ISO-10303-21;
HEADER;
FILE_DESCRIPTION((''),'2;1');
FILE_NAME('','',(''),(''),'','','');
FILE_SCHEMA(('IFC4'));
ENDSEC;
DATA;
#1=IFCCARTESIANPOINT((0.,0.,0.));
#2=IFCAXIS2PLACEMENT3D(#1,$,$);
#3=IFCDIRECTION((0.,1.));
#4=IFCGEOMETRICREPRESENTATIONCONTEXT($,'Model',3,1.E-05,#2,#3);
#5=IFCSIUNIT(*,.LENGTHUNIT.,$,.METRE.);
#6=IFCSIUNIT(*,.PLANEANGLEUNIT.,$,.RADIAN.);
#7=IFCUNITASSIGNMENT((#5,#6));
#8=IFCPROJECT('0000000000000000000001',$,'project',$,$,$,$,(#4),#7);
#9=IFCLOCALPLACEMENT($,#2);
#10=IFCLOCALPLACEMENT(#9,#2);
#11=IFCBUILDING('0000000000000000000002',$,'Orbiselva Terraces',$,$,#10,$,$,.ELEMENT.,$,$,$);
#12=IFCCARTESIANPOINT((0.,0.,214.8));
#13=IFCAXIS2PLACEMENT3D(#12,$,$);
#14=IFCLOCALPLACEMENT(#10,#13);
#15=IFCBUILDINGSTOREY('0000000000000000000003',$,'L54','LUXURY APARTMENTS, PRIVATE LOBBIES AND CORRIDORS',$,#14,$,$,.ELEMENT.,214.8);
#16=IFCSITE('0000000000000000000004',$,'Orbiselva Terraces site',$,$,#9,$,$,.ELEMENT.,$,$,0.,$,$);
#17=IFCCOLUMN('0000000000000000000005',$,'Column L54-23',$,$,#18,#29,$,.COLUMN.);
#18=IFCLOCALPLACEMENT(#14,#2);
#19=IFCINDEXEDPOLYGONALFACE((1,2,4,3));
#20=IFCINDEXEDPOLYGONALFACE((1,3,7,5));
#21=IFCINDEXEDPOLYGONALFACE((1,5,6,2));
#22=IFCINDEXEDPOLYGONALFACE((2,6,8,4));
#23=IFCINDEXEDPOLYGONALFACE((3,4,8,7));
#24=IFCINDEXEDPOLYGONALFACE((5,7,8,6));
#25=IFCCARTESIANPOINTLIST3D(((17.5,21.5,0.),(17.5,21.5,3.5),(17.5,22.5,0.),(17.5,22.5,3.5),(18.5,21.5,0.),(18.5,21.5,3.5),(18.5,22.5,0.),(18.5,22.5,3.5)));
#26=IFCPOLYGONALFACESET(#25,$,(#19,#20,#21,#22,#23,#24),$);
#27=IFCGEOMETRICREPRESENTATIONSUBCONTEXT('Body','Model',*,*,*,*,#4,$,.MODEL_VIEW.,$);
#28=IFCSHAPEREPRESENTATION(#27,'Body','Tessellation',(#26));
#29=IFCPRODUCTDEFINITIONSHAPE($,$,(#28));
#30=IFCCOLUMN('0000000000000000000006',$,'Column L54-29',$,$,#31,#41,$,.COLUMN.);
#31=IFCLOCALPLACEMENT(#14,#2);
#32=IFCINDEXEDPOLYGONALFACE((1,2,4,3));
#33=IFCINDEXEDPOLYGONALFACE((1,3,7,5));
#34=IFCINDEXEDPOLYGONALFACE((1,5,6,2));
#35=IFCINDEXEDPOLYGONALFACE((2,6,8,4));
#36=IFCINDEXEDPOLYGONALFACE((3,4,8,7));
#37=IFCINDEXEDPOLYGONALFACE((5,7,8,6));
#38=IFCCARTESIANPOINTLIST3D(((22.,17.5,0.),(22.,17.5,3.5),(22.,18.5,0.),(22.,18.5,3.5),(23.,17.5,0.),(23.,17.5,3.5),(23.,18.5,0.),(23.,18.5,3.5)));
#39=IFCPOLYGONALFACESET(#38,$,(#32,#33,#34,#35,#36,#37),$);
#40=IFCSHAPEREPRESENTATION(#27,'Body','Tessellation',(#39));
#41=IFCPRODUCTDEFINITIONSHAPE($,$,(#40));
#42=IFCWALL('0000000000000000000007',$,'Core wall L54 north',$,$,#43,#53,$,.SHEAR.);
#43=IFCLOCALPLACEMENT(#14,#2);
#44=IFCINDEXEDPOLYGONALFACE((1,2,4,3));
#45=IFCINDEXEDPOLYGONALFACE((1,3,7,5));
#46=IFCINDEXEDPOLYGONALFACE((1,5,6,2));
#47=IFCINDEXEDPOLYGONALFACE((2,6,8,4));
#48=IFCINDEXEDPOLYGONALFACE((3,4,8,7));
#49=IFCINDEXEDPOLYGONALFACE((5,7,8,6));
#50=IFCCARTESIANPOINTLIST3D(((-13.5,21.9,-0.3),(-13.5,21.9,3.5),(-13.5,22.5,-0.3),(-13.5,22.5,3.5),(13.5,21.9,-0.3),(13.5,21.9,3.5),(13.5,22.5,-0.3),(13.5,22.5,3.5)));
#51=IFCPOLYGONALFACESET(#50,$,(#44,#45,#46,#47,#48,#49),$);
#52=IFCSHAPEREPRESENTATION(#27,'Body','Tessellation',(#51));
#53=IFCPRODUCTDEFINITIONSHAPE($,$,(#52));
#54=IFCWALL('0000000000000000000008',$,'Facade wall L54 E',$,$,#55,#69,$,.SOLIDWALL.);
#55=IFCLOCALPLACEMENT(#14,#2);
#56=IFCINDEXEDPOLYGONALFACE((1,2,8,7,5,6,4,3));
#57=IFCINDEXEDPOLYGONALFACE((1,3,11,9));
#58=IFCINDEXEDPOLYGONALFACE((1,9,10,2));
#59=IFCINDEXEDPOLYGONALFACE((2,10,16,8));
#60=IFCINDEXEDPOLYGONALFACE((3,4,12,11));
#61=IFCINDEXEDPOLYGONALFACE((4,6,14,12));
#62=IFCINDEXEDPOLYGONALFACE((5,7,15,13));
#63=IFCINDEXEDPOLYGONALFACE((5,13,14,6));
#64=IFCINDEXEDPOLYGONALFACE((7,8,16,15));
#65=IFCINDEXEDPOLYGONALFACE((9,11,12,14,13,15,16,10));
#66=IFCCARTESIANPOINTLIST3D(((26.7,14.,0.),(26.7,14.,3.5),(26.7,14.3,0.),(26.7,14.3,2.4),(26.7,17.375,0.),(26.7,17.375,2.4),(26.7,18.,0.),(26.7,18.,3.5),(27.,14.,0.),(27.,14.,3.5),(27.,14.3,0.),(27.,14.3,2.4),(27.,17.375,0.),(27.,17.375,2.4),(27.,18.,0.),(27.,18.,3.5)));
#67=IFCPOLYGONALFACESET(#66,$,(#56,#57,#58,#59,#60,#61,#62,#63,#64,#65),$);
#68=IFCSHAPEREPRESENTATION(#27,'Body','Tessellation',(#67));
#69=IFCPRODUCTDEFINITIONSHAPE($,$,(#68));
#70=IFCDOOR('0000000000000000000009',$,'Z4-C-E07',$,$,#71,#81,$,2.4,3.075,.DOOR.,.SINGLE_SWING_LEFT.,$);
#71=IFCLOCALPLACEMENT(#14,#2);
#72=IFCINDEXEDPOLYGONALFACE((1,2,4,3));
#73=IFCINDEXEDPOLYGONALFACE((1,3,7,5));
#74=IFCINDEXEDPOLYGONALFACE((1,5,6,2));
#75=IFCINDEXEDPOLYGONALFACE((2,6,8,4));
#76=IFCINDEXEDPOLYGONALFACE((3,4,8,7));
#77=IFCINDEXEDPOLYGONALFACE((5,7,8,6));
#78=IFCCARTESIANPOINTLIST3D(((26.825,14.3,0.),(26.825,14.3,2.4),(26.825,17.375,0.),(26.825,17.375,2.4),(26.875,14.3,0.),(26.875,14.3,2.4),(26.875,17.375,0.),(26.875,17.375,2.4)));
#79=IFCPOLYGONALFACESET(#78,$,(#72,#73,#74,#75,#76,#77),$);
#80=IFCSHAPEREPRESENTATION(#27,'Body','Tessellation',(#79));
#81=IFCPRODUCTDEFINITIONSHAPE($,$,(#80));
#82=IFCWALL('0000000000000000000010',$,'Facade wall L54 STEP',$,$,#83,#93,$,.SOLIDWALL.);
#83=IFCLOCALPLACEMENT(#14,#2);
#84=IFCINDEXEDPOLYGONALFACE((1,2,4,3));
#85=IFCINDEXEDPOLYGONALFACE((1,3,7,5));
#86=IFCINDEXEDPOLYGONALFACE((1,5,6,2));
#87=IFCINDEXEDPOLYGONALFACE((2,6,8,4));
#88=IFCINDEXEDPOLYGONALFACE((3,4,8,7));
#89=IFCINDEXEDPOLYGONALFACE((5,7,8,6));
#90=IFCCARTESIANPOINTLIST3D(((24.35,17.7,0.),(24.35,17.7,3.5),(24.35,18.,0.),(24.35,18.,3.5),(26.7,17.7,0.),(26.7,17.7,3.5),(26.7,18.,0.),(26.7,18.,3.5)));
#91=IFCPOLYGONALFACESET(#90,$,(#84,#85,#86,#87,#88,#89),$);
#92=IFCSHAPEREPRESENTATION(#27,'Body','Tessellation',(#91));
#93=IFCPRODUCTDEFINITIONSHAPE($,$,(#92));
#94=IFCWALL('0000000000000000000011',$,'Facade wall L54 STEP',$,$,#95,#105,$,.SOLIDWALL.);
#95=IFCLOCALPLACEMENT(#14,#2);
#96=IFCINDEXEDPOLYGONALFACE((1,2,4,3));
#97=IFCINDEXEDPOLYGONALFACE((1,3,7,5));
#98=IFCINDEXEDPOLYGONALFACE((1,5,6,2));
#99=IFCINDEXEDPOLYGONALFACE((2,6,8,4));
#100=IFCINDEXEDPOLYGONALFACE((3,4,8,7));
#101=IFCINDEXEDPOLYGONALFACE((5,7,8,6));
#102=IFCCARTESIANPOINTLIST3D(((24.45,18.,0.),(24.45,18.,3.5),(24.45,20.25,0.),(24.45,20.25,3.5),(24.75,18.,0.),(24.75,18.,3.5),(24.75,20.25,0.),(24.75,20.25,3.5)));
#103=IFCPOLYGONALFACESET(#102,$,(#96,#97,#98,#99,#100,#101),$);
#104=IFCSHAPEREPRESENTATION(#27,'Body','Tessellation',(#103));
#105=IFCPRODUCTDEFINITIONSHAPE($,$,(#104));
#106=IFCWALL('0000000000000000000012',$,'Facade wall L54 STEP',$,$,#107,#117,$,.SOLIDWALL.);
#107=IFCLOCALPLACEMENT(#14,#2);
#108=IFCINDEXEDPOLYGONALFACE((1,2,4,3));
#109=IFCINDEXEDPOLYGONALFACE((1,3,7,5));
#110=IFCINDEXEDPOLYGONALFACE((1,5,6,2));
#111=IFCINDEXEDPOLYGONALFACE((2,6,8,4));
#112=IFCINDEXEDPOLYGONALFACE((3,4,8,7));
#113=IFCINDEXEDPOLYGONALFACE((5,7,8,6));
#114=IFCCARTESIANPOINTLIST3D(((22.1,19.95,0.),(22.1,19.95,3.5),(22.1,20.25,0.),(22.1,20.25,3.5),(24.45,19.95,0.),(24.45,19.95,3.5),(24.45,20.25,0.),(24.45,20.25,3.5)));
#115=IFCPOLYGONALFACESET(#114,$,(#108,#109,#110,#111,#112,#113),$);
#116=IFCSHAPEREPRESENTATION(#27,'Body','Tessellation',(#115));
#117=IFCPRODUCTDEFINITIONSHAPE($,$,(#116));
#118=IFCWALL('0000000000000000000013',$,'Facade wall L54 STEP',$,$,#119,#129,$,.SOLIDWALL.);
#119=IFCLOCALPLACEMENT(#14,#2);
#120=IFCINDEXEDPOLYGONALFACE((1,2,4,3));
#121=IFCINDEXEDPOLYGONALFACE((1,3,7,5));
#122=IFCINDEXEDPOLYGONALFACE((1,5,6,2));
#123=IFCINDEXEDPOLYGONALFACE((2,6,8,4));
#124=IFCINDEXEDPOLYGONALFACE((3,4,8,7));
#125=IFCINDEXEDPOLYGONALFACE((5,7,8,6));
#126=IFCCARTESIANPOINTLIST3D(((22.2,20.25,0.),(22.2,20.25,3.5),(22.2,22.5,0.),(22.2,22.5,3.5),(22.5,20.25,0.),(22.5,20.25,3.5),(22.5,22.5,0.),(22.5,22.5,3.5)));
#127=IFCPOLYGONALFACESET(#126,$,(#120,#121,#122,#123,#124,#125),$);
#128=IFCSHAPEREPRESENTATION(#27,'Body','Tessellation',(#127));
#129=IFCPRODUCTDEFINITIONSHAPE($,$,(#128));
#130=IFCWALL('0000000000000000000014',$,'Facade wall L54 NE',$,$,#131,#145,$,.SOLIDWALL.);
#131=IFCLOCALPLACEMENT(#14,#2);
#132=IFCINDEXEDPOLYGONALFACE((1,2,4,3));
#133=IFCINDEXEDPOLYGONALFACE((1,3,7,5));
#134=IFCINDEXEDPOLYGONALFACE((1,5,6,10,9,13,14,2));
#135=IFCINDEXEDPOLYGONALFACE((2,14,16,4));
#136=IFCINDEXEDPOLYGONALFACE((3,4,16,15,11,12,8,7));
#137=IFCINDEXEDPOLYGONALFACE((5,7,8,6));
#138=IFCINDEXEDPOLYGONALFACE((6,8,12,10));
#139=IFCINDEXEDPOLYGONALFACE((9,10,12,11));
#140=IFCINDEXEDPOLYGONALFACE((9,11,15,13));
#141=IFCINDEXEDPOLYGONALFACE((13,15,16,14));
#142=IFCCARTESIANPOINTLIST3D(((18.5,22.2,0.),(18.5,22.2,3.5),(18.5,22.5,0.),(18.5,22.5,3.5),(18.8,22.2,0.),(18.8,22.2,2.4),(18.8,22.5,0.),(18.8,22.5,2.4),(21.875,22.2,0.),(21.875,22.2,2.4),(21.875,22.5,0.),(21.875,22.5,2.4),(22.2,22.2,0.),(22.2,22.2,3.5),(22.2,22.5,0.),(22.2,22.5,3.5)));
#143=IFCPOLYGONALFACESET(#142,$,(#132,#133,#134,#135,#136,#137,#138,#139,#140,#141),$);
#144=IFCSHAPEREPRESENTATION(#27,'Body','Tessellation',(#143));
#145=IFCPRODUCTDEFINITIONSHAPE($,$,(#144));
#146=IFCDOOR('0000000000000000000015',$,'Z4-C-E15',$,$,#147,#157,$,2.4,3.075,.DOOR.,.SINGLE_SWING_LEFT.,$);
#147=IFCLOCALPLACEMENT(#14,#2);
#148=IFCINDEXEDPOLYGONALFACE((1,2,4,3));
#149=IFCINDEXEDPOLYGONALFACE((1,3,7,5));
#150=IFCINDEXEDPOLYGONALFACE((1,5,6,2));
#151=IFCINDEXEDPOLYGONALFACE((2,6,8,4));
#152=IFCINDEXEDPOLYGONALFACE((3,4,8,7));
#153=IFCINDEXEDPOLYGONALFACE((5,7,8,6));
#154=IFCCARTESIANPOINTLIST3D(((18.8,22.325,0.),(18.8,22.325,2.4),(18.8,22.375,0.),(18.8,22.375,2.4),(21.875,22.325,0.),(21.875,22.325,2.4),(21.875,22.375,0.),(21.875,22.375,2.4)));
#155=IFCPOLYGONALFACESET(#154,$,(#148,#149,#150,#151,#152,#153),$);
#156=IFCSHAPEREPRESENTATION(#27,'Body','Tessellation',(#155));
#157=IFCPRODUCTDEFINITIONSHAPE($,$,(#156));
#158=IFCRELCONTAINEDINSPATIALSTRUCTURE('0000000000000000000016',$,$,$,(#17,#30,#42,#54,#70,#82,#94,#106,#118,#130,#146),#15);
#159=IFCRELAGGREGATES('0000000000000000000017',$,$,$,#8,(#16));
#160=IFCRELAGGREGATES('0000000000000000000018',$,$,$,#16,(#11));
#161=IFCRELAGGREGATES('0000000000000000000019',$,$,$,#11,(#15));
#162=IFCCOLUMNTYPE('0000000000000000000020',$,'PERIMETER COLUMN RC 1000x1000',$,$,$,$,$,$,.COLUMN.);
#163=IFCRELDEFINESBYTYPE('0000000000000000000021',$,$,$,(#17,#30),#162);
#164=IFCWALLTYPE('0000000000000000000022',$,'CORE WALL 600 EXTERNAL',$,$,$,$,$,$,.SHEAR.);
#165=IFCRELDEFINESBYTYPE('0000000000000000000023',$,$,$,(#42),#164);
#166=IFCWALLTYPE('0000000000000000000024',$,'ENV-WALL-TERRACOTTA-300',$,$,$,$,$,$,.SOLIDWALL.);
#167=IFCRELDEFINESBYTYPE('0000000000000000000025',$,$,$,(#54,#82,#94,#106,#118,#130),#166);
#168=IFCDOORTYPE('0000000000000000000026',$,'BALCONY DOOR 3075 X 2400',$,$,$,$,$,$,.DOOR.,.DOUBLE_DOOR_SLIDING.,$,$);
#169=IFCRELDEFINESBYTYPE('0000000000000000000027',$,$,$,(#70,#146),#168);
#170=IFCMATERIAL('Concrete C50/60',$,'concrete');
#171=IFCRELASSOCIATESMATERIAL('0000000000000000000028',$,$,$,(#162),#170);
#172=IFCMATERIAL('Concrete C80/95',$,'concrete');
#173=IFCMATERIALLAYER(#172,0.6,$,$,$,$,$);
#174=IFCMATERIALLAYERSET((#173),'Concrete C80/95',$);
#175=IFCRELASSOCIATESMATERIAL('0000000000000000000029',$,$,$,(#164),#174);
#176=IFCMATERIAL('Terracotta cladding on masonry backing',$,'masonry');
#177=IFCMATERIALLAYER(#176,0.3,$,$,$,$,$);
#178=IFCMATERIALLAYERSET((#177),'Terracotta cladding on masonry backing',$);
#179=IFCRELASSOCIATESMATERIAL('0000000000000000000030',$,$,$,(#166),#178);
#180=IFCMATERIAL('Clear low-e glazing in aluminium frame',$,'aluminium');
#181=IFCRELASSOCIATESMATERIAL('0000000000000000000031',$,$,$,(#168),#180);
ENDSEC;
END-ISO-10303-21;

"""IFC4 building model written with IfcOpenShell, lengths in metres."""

from ifc_helpers import new_model, si_unit, direction, frame, frame_2d, origin, origin_2d, place, context, subcontext, project, spatial, rectangle, extrude, material, layer, layer_set, material_profile, profile_set, type_object, element, fill, save


model = new_model("IFC4")

# Units and contexts
model_context = context("Model", 3, precision=1e-05, world=origin(), true_north=direction((0.0, 1.0)))
body_context = subcontext(model_context, "Body", "Model", "MODEL_VIEW")
ifc_project = project(units=[si_unit("LENGTHUNIT", "METRE"), si_unit("PLANEANGLEUNIT", "RADIAN")], contexts=[model_context])

# Site, building, storey
site_placement = place(None, origin())
site = spatial("IfcSite", under=ifc_project, at=site_placement, Name="Orbiselva Terraces site", CompositionType="ELEMENT", RefElevation=0.0)
building_placement = place(site_placement, origin())
building = spatial("IfcBuilding", under=site, at=building_placement, Name="Orbiselva Terraces", CompositionType="ELEMENT")
storey_placement = place(building_placement, frame((0.0, 0.0, 214.8)))
storey = spatial("IfcBuildingStorey", under=building, at=storey_placement, Name="L54", Description="LUXURY APARTMENTS, PRIVATE LOBBIES AND CORRIDORS", CompositionType="ELEMENT", Elevation=214.8)

# Columns
ifc_material_1 = material(Name="Concrete C50/60", Category="concrete")
ifc_material_profile = material_profile(ifc_material_1, rectangle(XDim=1.0, YDim=1.0, at=origin_2d()), Name="RC 1000x1000")
ifc_profile_set = profile_set([ifc_material_profile], Name="Concrete C50/60")
column_type = type_object("IfcColumnType", Name="PERIMETER COLUMN RC 1000x1000", PredefinedType="COLUMN", material=ifc_profile_set)
for number, where, z_axis, x_axis, name in (
    (1, (18.0, 22.0, 0.0), (0.0, 0.0, 1.0), (1.0, 0.0, 0.0), "Column L54-23"),
    (2, (22.5, 18.0, 0.0), (0.0, 0.0, 1.0), (1.0, 0.0, 0.0), "Column L54-29"),
):
    element("IfcColumn", number, at=place(storey_placement, frame(where, z_axis=z_axis, x_axis=x_axis)), inside=storey, type_object=column_type, Name=name, PredefinedType="COLUMN", context=body_context, shape_type="SweptSolid", body=[
        extrude(rectangle(XDim=1.0, YDim=1.0, at=origin_2d()), origin(), (0.0, 0.0, 1.0), 3.5),
    ])

# Wall
ifc_material_2 = material(Name="Concrete C80/95", Category="concrete")
ifc_layer_1 = layer(ifc_material_2, 0.6)
ifc_layer_set_1 = layer_set([ifc_layer_1], Name="Concrete C80/95")
wall_type_1 = type_object("IfcWallType", Name="CORE WALL 600 EXTERNAL", PredefinedType="SHEAR", material=ifc_layer_set_1)
wall_1_placement = place(storey_placement, frame((13.5, 22.2, -0.3), z_axis=(0.0, 0.0, 1.0), x_axis=(-1.0, 0.0, 0.0)))
element("IfcWall", 3, at=wall_1_placement, inside=storey, type_object=wall_type_1, Name="Core wall L54 north", PredefinedType="SHEAR", context=body_context, shape_type="SweptSolid", body=[
    extrude(rectangle(XDim=27.0, YDim=0.6, at=frame_2d((13.5, 0.0))), origin(), (0.0, 0.0, 1.0), 3.8),
])

# Wall, opening, door
ifc_material_3 = material(Name="Terracotta cladding on masonry backing", Category="masonry")
ifc_layer_2 = layer(ifc_material_3, 0.3)
ifc_layer_set_2 = layer_set([ifc_layer_2], Name="Terracotta cladding on masonry backing")
wall_type_2 = type_object("IfcWallType", Name="ENV-WALL-TERRACOTTA-300", PredefinedType="SOLIDWALL", material=ifc_layer_set_2)
wall_2_placement = place(storey_placement, frame((26.85, 18.0, 0.0), z_axis=(0.0, 0.0, 1.0), x_axis=(0.0, -1.0, 0.0)))
wall_2 = element("IfcWall", 4, at=wall_2_placement, inside=storey, type_object=wall_type_2, Name="Facade wall L54 E", PredefinedType="SOLIDWALL", context=body_context, shape_type="SweptSolid", body=[
    extrude(rectangle(XDim=4.0, YDim=0.3, at=frame_2d((2.0, 0.0))), origin(), (0.0, 0.0, 1.0), 3.5),
])
opening_1_placement = place(wall_2_placement, frame((0.625, 0.0, 0.0)))
opening_1 = element("IfcOpeningElement", 5, at=opening_1_placement, cuts=wall_2, PredefinedType="OPENING", context=body_context, shape_type="SweptSolid", body=[
    extrude(rectangle(XDim=3.075, YDim=2.4, at=frame_2d((1.5375, 1.2))), frame((0.0, 0.16, 0.0), z_axis=(0.0, -1.0, 0.0), x_axis=(1.0, 0.0, 0.0)), (0.0, 0.0, 1.0), 0.32),
])
ifc_material_4 = material(Name="Clear low-e glazing in aluminium frame", Category="aluminium")
door_type_1 = type_object("IfcDoorType", Name="BALCONY DOOR 3075 X 2400", OperationType="DOUBLE_DOOR_SLIDING", PredefinedType="DOOR", material=ifc_material_4)
door_1_placement = place(opening_1_placement, origin())
door_1 = element("IfcDoor", 6, at=door_1_placement, inside=storey, type_object=door_type_1, Name="Z4-C-E07", OperationType="SINGLE_SWING_LEFT", OverallHeight=2.4, OverallWidth=3.075, PredefinedType="DOOR", context=body_context, shape_type="SweptSolid", body=[
    extrude(rectangle(XDim=3.075, YDim=2.4, at=frame_2d((1.5375, 1.2))), frame((0.0, 0.025, 0.0), z_axis=(0.0, -1.0, 0.0), x_axis=(1.0, 0.0, 0.0)), (0.0, 0.0, 1.0), 0.05),
])
fill(opening_1, door_1)

# Walls
wall_3_placement = place(storey_placement, frame((24.35, 17.85, 0.0), z_axis=(0.0, 0.0, 1.0), x_axis=(1.0, 0.0, 0.0)))
element("IfcWall", 7, at=wall_3_placement, inside=storey, type_object=wall_type_2, Name="Facade wall L54 STEP", PredefinedType="SOLIDWALL", context=body_context, shape_type="SweptSolid", body=[
    extrude(rectangle(XDim=2.35, YDim=0.3, at=frame_2d((1.175, 0.0))), origin(), (0.0, 0.0, 1.0), 3.5),
])
wall_4_placement = place(storey_placement, frame((24.6, 20.25, 0.0), z_axis=(0.0, 0.0, 1.0), x_axis=(0.0, -1.0, 0.0)))
element("IfcWall", 8, at=wall_4_placement, inside=storey, type_object=wall_type_2, Name="Facade wall L54 STEP", PredefinedType="SOLIDWALL", context=body_context, shape_type="SweptSolid", body=[
    extrude(rectangle(XDim=2.25, YDim=0.3, at=frame_2d((1.125, 0.0))), origin(), (0.0, 0.0, 1.0), 3.5),
])
wall_5_placement = place(storey_placement, frame((22.1, 20.1, 0.0), z_axis=(0.0, 0.0, 1.0), x_axis=(1.0, 0.0, 0.0)))
element("IfcWall", 9, at=wall_5_placement, inside=storey, type_object=wall_type_2, Name="Facade wall L54 STEP", PredefinedType="SOLIDWALL", context=body_context, shape_type="SweptSolid", body=[
    extrude(rectangle(XDim=2.35, YDim=0.3, at=frame_2d((1.175, 0.0))), origin(), (0.0, 0.0, 1.0), 3.5),
])
wall_6_placement = place(storey_placement, frame((22.35, 22.5, 0.0), z_axis=(0.0, 0.0, 1.0), x_axis=(0.0, -1.0, 0.0)))
element("IfcWall", 10, at=wall_6_placement, inside=storey, type_object=wall_type_2, Name="Facade wall L54 STEP", PredefinedType="SOLIDWALL", context=body_context, shape_type="SweptSolid", body=[
    extrude(rectangle(XDim=2.25, YDim=0.3, at=frame_2d((1.125, 0.0))), origin(), (0.0, 0.0, 1.0), 3.5),
])

# Wall, opening, door
wall_7_placement = place(storey_placement, frame((18.5, 22.35, 0.0), z_axis=(0.0, 0.0, 1.0), x_axis=(1.0, 0.0, 0.0)))
wall_7 = element("IfcWall", 11, at=wall_7_placement, inside=storey, type_object=wall_type_2, Name="Facade wall L54 NE", PredefinedType="SOLIDWALL", context=body_context, shape_type="SweptSolid", body=[
    extrude(rectangle(XDim=3.7, YDim=0.3, at=frame_2d((1.85, 0.0))), origin(), (0.0, 0.0, 1.0), 3.5),
])
opening_2_placement = place(wall_7_placement, frame((0.3, 0.0, 0.0)))
opening_2 = element("IfcOpeningElement", 12, at=opening_2_placement, cuts=wall_7, PredefinedType="OPENING", context=body_context, shape_type="SweptSolid", body=[
    extrude(rectangle(XDim=3.075, YDim=2.4, at=frame_2d((1.5375, 1.2))), frame((0.0, 0.16, 0.0), z_axis=(0.0, -1.0, 0.0), x_axis=(1.0, 0.0, 0.0)), (0.0, 0.0, 1.0), 0.32),
])
door_2_placement = place(opening_2_placement, origin())
door_2 = element("IfcDoor", 13, at=door_2_placement, inside=storey, type_object=door_type_1, Name="Z4-C-E15", OperationType="SINGLE_SWING_LEFT", OverallHeight=2.4, OverallWidth=3.075, PredefinedType="DOOR", context=body_context, shape_type="SweptSolid", body=[
    extrude(rectangle(XDim=3.075, YDim=2.4, at=frame_2d((1.5375, 1.2))), frame((0.0, 0.025, 0.0), z_axis=(0.0, -1.0, 0.0), x_axis=(1.0, 0.0, 0.0)), (0.0, 0.0, 1.0), 0.05),
])
fill(opening_2, door_2)

save(model, "model.ifc")
